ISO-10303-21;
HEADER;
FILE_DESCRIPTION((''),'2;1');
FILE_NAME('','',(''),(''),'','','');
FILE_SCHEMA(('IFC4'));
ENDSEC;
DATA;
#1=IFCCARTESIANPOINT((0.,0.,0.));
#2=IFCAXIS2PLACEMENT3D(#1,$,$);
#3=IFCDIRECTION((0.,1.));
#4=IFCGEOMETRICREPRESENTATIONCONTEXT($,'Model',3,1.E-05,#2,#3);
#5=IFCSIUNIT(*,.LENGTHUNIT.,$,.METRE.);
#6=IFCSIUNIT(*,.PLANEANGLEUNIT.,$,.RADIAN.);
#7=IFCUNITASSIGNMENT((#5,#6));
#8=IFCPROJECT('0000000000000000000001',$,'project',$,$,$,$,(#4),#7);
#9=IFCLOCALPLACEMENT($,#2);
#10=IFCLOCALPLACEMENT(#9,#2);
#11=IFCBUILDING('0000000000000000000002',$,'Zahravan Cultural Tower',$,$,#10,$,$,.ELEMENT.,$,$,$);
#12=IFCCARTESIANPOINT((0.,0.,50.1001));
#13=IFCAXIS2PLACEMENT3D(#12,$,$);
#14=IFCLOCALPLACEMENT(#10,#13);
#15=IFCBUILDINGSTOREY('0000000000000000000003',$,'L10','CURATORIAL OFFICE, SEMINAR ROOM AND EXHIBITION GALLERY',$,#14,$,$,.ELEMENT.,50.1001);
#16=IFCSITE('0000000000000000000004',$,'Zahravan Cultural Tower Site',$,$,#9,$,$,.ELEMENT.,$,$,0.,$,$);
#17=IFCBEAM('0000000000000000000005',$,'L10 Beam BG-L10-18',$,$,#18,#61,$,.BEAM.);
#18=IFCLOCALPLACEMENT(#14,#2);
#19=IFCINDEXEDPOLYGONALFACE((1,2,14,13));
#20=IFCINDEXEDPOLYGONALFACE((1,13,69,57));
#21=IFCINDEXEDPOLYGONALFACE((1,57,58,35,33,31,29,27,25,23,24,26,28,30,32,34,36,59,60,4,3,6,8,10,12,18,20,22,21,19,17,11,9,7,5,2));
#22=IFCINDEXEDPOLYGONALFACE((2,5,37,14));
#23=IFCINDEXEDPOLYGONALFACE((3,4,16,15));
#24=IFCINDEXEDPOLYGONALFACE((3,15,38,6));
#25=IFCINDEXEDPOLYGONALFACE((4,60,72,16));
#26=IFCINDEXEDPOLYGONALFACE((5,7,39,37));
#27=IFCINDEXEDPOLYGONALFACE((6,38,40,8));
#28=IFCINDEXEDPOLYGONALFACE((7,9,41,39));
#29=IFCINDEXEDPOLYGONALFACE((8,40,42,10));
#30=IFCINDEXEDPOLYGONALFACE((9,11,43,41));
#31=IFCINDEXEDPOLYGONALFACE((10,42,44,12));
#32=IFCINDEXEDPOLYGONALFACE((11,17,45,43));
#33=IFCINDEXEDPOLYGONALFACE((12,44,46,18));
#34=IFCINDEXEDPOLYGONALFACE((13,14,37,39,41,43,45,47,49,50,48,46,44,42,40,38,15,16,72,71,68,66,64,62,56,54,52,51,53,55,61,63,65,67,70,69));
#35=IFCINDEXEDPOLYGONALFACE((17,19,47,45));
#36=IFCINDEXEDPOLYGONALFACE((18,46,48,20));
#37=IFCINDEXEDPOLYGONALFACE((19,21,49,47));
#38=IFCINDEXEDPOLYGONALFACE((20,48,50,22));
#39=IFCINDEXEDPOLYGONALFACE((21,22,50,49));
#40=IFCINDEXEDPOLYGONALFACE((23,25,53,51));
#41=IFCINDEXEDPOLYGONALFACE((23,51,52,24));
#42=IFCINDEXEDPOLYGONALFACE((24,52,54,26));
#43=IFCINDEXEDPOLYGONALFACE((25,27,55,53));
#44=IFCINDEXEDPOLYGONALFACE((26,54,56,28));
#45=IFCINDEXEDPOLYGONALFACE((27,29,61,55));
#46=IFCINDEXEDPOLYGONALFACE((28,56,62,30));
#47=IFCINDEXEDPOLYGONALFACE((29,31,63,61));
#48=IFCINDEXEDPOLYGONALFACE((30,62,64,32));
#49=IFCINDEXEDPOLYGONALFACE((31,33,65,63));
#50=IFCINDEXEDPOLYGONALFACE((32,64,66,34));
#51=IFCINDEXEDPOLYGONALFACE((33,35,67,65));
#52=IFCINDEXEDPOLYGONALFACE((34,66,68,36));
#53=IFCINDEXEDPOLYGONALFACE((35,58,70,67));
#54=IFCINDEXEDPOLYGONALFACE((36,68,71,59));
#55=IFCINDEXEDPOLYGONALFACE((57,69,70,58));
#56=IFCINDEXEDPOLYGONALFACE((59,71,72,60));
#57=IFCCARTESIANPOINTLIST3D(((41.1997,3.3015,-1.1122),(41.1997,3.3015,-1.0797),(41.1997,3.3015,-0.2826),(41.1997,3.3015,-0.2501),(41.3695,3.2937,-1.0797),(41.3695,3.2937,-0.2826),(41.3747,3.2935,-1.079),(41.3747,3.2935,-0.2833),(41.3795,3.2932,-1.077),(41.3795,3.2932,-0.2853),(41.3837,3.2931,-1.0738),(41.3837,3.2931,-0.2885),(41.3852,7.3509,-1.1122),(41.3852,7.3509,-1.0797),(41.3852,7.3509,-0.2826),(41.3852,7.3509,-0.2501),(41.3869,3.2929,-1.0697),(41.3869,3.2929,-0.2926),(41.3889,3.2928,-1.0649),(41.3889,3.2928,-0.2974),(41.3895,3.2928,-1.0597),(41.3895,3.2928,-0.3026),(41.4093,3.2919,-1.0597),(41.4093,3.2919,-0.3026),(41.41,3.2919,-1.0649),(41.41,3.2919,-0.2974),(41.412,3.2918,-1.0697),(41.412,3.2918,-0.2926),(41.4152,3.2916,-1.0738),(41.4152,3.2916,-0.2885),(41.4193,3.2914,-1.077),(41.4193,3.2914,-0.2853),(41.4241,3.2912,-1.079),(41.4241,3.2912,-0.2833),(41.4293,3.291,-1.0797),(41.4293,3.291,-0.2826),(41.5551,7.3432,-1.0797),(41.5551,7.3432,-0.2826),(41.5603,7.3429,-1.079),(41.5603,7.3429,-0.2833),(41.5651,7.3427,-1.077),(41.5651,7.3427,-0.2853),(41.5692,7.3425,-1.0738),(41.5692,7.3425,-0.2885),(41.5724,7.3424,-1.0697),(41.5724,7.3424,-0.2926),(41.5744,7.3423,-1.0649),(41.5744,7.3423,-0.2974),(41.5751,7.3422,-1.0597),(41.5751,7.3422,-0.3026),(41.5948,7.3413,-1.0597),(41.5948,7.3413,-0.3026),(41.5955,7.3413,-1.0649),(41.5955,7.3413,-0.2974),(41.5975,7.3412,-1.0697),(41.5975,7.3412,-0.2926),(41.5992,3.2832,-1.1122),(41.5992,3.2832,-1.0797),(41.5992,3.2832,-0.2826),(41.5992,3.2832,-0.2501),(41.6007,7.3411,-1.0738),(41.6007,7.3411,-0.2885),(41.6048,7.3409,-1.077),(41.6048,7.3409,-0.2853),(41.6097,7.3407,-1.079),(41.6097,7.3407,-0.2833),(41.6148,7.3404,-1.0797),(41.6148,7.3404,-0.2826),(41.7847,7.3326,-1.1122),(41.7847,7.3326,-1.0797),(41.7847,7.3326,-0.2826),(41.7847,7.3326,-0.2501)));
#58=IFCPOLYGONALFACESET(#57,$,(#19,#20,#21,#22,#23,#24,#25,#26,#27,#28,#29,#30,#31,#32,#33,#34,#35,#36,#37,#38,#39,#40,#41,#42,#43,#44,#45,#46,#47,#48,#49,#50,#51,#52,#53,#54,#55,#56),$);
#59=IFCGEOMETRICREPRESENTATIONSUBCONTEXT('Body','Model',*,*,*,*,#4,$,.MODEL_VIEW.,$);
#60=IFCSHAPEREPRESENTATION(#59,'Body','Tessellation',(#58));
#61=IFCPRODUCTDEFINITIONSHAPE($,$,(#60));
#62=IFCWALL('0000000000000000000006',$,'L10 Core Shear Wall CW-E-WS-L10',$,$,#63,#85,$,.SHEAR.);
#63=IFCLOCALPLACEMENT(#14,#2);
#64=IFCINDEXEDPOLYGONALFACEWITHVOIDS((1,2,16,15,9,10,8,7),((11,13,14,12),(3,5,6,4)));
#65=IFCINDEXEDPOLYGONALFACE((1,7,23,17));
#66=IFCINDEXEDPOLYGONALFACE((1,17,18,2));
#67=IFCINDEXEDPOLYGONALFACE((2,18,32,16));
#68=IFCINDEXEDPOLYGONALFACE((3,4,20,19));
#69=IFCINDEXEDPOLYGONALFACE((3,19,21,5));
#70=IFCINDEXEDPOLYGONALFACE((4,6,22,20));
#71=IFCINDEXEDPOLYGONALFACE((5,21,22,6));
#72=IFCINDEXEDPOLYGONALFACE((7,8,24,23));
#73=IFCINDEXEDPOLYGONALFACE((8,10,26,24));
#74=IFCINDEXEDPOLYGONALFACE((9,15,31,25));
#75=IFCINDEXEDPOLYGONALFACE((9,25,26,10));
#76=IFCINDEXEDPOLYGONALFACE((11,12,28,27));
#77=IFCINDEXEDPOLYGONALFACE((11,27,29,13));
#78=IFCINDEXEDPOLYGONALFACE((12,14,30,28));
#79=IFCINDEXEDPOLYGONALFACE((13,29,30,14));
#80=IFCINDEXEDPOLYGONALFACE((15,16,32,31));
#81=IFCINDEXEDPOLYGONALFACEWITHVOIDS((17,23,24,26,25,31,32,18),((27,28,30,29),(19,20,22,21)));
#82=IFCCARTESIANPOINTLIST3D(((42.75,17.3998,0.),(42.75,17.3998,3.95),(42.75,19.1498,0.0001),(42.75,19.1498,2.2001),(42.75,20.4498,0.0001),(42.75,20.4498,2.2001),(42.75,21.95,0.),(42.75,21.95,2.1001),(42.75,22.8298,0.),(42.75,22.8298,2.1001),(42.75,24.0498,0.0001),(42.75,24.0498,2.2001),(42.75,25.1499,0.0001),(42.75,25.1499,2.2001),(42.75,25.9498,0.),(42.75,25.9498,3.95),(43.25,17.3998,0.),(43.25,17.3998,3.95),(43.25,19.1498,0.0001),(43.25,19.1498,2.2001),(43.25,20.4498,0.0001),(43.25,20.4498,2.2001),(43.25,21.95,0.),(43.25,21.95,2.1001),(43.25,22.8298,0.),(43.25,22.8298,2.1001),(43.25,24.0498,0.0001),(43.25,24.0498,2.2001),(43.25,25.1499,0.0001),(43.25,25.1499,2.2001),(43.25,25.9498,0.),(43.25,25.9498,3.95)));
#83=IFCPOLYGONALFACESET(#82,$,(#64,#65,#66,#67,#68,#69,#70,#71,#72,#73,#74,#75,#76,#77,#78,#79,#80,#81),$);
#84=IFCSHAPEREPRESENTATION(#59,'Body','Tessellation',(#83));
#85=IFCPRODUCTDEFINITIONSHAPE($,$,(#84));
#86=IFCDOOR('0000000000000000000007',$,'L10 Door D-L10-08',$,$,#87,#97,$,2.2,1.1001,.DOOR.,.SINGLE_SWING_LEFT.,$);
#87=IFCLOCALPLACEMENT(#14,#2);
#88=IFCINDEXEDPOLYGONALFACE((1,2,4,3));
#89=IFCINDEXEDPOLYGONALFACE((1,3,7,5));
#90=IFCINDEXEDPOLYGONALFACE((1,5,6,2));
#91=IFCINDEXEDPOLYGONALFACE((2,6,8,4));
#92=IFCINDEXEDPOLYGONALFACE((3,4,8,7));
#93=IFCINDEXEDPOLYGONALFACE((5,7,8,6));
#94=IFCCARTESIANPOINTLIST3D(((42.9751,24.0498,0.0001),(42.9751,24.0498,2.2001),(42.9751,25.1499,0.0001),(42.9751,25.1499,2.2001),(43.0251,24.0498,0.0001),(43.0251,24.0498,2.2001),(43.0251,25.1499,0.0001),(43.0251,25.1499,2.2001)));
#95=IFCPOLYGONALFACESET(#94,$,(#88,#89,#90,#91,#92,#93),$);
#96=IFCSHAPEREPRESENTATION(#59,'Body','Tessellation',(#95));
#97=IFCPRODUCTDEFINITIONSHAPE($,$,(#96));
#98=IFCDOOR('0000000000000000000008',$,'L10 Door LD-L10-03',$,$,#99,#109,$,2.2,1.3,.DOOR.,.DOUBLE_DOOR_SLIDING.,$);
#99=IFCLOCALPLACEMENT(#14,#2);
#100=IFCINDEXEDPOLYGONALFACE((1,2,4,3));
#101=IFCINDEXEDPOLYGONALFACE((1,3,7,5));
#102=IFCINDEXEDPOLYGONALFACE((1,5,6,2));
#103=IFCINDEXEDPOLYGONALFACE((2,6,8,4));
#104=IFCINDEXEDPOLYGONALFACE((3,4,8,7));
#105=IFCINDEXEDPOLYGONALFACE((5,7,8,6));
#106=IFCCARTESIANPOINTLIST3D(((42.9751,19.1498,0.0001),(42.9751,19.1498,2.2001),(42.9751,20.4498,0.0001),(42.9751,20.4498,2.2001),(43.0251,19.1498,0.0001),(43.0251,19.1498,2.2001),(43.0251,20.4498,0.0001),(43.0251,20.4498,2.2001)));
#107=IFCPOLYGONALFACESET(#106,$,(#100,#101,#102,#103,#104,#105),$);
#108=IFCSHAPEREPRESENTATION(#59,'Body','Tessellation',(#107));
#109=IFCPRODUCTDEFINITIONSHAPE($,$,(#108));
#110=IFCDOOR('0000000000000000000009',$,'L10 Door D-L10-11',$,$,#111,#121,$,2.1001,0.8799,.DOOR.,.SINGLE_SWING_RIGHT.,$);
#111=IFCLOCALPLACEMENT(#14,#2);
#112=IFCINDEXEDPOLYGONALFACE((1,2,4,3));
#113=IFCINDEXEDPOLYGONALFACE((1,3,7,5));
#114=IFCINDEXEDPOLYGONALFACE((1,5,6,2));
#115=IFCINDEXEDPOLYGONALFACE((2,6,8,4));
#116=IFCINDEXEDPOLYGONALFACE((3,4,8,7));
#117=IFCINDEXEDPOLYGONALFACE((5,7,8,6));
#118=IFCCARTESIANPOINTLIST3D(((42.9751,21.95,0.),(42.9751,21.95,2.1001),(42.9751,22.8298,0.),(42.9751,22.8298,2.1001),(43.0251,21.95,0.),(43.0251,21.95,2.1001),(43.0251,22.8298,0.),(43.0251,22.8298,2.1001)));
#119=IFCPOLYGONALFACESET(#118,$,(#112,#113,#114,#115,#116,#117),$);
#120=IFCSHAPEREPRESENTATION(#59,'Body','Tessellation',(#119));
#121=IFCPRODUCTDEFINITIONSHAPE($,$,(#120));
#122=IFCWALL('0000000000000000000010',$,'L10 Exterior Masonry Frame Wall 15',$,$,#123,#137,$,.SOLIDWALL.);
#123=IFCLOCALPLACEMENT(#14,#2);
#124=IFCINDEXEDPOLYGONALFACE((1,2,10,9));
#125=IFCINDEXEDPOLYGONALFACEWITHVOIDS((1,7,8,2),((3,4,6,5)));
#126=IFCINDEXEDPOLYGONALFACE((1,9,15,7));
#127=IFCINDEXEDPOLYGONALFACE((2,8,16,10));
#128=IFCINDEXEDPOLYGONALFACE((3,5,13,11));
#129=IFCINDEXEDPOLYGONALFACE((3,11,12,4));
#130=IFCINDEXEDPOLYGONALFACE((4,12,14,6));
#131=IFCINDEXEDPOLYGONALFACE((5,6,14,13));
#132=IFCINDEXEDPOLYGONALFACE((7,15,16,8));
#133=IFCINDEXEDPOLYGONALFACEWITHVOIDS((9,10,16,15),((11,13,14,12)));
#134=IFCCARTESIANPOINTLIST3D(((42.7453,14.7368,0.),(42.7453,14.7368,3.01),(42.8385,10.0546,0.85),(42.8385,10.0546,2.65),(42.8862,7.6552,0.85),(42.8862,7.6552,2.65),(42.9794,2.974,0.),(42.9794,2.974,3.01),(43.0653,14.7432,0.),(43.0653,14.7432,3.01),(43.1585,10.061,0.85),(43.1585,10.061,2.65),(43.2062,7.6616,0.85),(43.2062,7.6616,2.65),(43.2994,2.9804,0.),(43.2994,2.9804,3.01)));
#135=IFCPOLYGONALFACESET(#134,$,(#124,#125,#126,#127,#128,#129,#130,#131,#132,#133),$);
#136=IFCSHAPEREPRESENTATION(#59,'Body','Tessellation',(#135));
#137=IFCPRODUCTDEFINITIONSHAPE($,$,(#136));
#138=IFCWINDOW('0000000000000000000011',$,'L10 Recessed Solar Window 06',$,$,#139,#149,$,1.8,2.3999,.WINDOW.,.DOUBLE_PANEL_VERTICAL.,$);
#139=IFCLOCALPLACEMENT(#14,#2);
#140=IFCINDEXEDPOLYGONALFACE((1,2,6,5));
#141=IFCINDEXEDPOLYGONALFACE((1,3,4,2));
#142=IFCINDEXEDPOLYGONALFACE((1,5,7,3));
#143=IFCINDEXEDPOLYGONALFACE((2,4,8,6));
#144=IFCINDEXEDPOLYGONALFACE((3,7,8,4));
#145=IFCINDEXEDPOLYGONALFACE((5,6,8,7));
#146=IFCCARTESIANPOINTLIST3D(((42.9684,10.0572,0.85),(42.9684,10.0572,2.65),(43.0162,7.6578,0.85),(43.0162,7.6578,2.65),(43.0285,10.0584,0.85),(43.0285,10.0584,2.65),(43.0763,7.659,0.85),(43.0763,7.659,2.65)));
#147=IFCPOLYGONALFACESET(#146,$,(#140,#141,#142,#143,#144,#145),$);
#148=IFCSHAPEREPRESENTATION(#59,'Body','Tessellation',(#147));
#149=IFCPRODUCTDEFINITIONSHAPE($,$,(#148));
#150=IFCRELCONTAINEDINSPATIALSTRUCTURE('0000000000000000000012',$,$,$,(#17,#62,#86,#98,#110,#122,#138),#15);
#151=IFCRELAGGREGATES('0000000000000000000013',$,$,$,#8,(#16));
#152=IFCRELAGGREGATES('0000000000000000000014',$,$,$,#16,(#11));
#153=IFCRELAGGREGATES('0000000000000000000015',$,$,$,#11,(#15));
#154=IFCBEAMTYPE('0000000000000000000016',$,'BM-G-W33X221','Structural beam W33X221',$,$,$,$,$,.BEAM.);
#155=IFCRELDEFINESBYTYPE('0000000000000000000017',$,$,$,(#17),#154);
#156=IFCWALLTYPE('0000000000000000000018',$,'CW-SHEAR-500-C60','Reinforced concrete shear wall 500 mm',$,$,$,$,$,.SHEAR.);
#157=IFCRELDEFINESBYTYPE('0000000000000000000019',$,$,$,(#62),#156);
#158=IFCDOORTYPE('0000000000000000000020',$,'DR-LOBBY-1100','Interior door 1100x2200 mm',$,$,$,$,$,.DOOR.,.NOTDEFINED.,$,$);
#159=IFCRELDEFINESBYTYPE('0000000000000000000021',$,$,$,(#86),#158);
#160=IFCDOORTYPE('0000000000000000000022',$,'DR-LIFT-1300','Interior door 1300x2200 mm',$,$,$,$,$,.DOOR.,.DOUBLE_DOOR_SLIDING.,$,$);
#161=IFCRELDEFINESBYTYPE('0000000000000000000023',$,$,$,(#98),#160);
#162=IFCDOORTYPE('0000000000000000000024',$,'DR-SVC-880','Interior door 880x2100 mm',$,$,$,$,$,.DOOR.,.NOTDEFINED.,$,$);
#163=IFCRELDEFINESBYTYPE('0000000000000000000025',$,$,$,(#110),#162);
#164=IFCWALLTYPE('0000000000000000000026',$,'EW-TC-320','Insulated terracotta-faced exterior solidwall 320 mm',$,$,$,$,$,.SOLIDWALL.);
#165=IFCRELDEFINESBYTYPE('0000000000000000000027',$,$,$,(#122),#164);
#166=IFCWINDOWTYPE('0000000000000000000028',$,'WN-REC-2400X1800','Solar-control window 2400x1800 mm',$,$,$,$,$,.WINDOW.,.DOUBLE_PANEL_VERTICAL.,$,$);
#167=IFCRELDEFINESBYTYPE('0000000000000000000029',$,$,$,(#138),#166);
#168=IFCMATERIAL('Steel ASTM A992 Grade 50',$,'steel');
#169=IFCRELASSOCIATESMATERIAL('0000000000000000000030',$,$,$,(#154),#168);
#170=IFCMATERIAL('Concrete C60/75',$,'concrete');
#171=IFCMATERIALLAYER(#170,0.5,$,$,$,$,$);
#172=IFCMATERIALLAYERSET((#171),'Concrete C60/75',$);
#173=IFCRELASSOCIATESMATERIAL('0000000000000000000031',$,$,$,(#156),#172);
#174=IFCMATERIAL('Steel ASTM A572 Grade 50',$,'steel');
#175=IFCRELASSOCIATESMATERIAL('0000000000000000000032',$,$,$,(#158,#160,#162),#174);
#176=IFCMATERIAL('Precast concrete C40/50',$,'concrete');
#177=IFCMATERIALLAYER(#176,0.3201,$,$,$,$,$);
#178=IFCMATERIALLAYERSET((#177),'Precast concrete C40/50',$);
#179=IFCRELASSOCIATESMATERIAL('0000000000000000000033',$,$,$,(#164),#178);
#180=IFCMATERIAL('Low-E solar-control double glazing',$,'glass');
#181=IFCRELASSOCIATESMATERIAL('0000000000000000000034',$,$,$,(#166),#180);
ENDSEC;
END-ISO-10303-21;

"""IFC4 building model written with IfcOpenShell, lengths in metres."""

from ifc_helpers import new_model, si_unit, direction, frame, frame_2d, origin, origin_2d, place, context, subcontext, project, spatial, rectangle, i_section, extrude, source, transform, mapped, material, layer, layer_set, material_profile, profile_set, type_object, element, fill, save


model = new_model("IFC4")

# Units and contexts
model_context = context("Model", 3, precision=1e-05, world=origin(), true_north=direction((0.0, 1.0)))
body_context = subcontext(model_context, "Body", "Model", "MODEL_VIEW")
ifc_project = project(units=[si_unit("LENGTHUNIT", "METRE"), si_unit("PLANEANGLEUNIT", "RADIAN")], contexts=[model_context])

# Site, building, storey
site_placement = place(None, origin())
site = spatial("IfcSite", under=ifc_project, at=site_placement, Name="Zahravan Cultural Tower Site", CompositionType="ELEMENT", RefElevation=0.0)
building_placement = place(site_placement, origin())
building = spatial("IfcBuilding", under=site, at=building_placement, Name="Zahravan Cultural Tower", CompositionType="ELEMENT")
storey_placement = place(building_placement, frame((0.0, 0.0, 50.1001)))
storey = spatial("IfcBuildingStorey", under=building, at=storey_placement, Name="L10", Description="CURATORIAL OFFICE, SEMINAR ROOM AND EXHIBITION GALLERY", CompositionType="ELEMENT", Elevation=50.1001)

# Shared definitions
ifc_material_1 = material(Name="Concrete C60/75", Category="concrete")
ifc_material_2 = material(Name="Steel ASTM A572 Grade 50", Category="steel")

# Beam
ifc_material_3 = material(Name="Steel ASTM A992 Grade 50", Category="steel")
ifc_material_profile_1 = material_profile(ifc_material_3, i_section(OverallWidth=0.3999, OverallDepth=0.8621, WebThickness=0.0198, FlangeThickness=0.0325, FilletRadius=0.02, at=origin_2d()), Name="W33X221")
ifc_profile_set_1 = profile_set([ifc_material_profile_1], Name="Steel ASTM A992 Grade 50")
beam_type_1 = type_object("IfcBeamType", Name="BM-G-W33X221", Description="Structural beam W33X221", PredefinedType="BEAM", material=ifc_profile_set_1)
shared_shape_1 = source(origin(), body_context, "Body", "SweptSolid", [
    extrude(i_section(OverallWidth=0.3999, OverallDepth=0.8621, WebThickness=0.0198, FlangeThickness=0.0325, FilletRadius=0.02, at=origin_2d()), origin(), (0.0, 0.0, 1.0), 4.0537),
])
beam_1_placement = place(storey_placement, frame((41.585, 7.3418, -0.6812), z_axis=(-0.045771, -0.998952, 0.0), x_axis=(0.998952, -0.045771, 0.0)))
element("IfcBeam", 1, at=beam_1_placement, inside=storey, type_object=beam_type_1, Name="L10 Beam BG-L10-18", PredefinedType="BEAM", context=body_context, shape_type="MappedRepresentation", body=[
    mapped(shared_shape_1, transform((0.0, 0.0, 0.0), x_axis=(1.0, 0.0, 0.0), y_axis=(0.0, 1.0, 0.0), z_axis=(0.0, 0.0, 1.0), scale=1.0)),
])

# Wall, openings, doors
ifc_layer_1 = layer(ifc_material_1, 0.5)
ifc_layer_set_1 = layer_set([ifc_layer_1], Name="Concrete C60/75")
wall_type_1 = type_object("IfcWallType", Name="CW-SHEAR-500-C60", Description="Reinforced concrete shear wall 500 mm", PredefinedType="SHEAR", material=ifc_layer_set_1)
wall_1_placement = place(storey_placement, frame((43.0, 17.3999, 0.0), z_axis=(0.0, 0.0, 1.0), x_axis=(0.0, 1.0, 0.0)))
wall_1 = element("IfcWall", 2, at=wall_1_placement, inside=storey, type_object=wall_type_1, Name="L10 Core Shear Wall CW-E-WS-L10", PredefinedType="SHEAR", context=body_context, shape_type="SweptSolid", body=[
    extrude(rectangle(XDim=8.55, YDim=0.5, at=frame_2d((4.2749, 0.0))), origin(), (0.0, 0.0, 1.0), 3.95),
])
opening_1_placement = place(wall_1_placement, frame((6.6499, 0.0, 0.0)))
opening_1 = element("IfcOpeningElement", 3, at=opening_1_placement, cuts=wall_1, PredefinedType="OPENING", context=body_context, shape_type="SweptSolid", body=[
    extrude(rectangle(XDim=1.1001, YDim=2.2, at=frame_2d((0.55, 1.1001))), frame((0.0, 0.26, 0.0), z_axis=(0.0, -1.0, 0.0), x_axis=(1.0, 0.0, 0.0)), (0.0, 0.0, 1.0), 0.52),
])
opening_2_placement = place(wall_1_placement, frame((1.75, 0.0, 0.0)))
opening_2 = element("IfcOpeningElement", 4, at=opening_2_placement, cuts=wall_1, PredefinedType="OPENING", context=body_context, shape_type="SweptSolid", body=[
    extrude(rectangle(XDim=1.3, YDim=2.2, at=frame_2d((0.6499, 1.1001))), frame((0.0, 0.26, 0.0), z_axis=(0.0, -1.0, 0.0), x_axis=(1.0, 0.0, 0.0)), (0.0, 0.0, 1.0), 0.52),
])
opening_3_placement = place(wall_1_placement, frame((4.55, 0.0, 0.0)))
opening_3 = element("IfcOpeningElement", 5, at=opening_3_placement, cuts=wall_1, PredefinedType="OPENING", context=body_context, shape_type="SweptSolid", body=[
    extrude(rectangle(XDim=0.8799, YDim=2.1001, at=frame_2d((0.4399, 1.05))), frame((0.0, 0.26, 0.0), z_axis=(0.0, -1.0, 0.0), x_axis=(1.0, 0.0, 0.0)), (0.0, 0.0, 1.0), 0.52),
])
door_type_1 = type_object("IfcDoorType", Name="DR-LOBBY-1100", Description="Interior door 1100x2200 mm", OperationType="NOTDEFINED", PredefinedType="DOOR", material=ifc_material_2)
shared_shape_2 = source(origin(), body_context, "Body", "SweptSolid", [
    extrude(rectangle(XDim=1.1001, YDim=2.2, at=frame_2d((0.55, 1.1001))), frame((0.0, 0.0249, 0.0), z_axis=(0.0, -1.0, 0.0), x_axis=(1.0, 0.0, 0.0)), (0.0, 0.0, 1.0), 0.05),
])
door_1_placement = place(opening_1_placement, origin())
door_1 = element("IfcDoor", 6, at=door_1_placement, inside=storey, type_object=door_type_1, Name="L10 Door D-L10-08", OperationType="SINGLE_SWING_LEFT", OverallHeight=2.2, OverallWidth=1.1001, PredefinedType="DOOR", context=body_context, shape_type="MappedRepresentation", body=[
    mapped(shared_shape_2, transform((0.0, 0.0, 0.0), x_axis=(1.0, 0.0, 0.0), y_axis=(0.0, 1.0, 0.0), z_axis=(0.0, 0.0, 1.0), scale=1.0)),
])
fill(opening_1, door_1)
door_type_2 = type_object("IfcDoorType", Name="DR-LIFT-1300", Description="Interior door 1300x2200 mm", OperationType="DOUBLE_DOOR_SLIDING", PredefinedType="DOOR", material=ifc_material_2)
shared_shape_3 = source(origin(), body_context, "Body", "SweptSolid", [
    extrude(rectangle(XDim=1.3, YDim=2.2, at=frame_2d((0.6499, 1.1001))), frame((0.0, 0.0249, 0.0), z_axis=(0.0, -1.0, 0.0), x_axis=(1.0, 0.0, 0.0)), (0.0, 0.0, 1.0), 0.05),
])
door_2_placement = place(opening_2_placement, origin())
door_2 = element("IfcDoor", 7, at=door_2_placement, inside=storey, type_object=door_type_2, Name="L10 Door LD-L10-03", OperationType="DOUBLE_DOOR_SLIDING", OverallHeight=2.2, OverallWidth=1.3, PredefinedType="DOOR", context=body_context, shape_type="MappedRepresentation", body=[
    mapped(shared_shape_3, transform((0.0, 0.0, 0.0), x_axis=(1.0, 0.0, 0.0), y_axis=(0.0, 1.0, 0.0), z_axis=(0.0, 0.0, 1.0), scale=1.0)),
])
fill(opening_2, door_2)
door_type_3 = type_object("IfcDoorType", Name="DR-SVC-880", Description="Interior door 880x2100 mm", OperationType="NOTDEFINED", PredefinedType="DOOR", material=ifc_material_2)
shared_shape_4 = source(origin(), body_context, "Body", "SweptSolid", [
    extrude(rectangle(XDim=0.8799, YDim=2.1001, at=frame_2d((0.4399, 1.05))), frame((0.0, 0.0249, 0.0), z_axis=(0.0, -1.0, 0.0), x_axis=(1.0, 0.0, 0.0)), (0.0, 0.0, 1.0), 0.05),
])
door_3_placement = place(opening_3_placement, origin())
door_3 = element("IfcDoor", 8, at=door_3_placement, inside=storey, type_object=door_type_3, Name="L10 Door D-L10-11", OperationType="SINGLE_SWING_RIGHT", OverallHeight=2.1001, OverallWidth=0.8799, PredefinedType="DOOR", context=body_context, shape_type="MappedRepresentation", body=[
    mapped(shared_shape_4, transform((0.0, 0.0, 0.0), x_axis=(1.0, 0.0, 0.0), y_axis=(0.0, 1.0, 0.0), z_axis=(0.0, 0.0, 1.0), scale=1.0)),
])
fill(opening_3, door_3)

# Wall, opening, window
ifc_material_4 = material(Name="Precast concrete C40/50", Category="concrete")
ifc_layer_2 = layer(ifc_material_4, 0.3201)
ifc_layer_set_2 = layer_set([ifc_layer_2], Name="Precast concrete C40/50")
wall_type_2 = type_object("IfcWallType", Name="EW-TC-320", Description="Insulated terracotta-faced exterior solidwall 320 mm", PredefinedType="SOLIDWALL", material=ifc_layer_set_2)
wall_2_placement = place(storey_placement, frame((42.9053, 14.74, 0.0), z_axis=(0.0, 0.0, 1.0), x_axis=(0.019901, -0.999802, 0.0)))
wall_2 = element("IfcWall", 9, at=wall_2_placement, inside=storey, type_object=wall_type_2, Name="L10 Exterior Masonry Frame Wall 15", PredefinedType="SOLIDWALL", context=body_context, shape_type="SweptSolid", body=[
    extrude(rectangle(XDim=11.7651, YDim=0.3201, at=frame_2d((5.8826, 0.0))), origin(), (0.0, 0.0, 1.0), 3.01),
])
opening_4_placement = place(wall_2_placement, frame((4.6831, 0.0, 0.8501)))
opening_4 = element("IfcOpeningElement", 10, at=opening_4_placement, cuts=wall_2, PredefinedType="OPENING", context=body_context, shape_type="SweptSolid", body=[
    extrude(rectangle(XDim=2.3999, YDim=1.8, at=frame_2d((1.2, 0.8999))), frame((0.0, 0.1699, 0.0), z_axis=(0.0, -1.0, 0.0), x_axis=(1.0, 0.0, 0.0)), (0.0, 0.0, 1.0), 0.3401),
])
ifc_material_5 = material(Name="Low-E solar-control double glazing", Category="glass")
window_type = type_object("IfcWindowType", Name="WN-REC-2400X1800", Description="Solar-control window 2400x1800 mm", PartitioningType="DOUBLE_PANEL_VERTICAL", PredefinedType="WINDOW", material=ifc_material_5)
shared_shape_5 = source(origin(), body_context, "Body", "SweptSolid", [
    extrude(rectangle(XDim=2.3999, YDim=1.8, at=frame_2d((1.2, 0.8999))), frame((0.0, 0.03, 0.0), z_axis=(0.0, -1.0, 0.0), x_axis=(1.0, 0.0, 0.0)), (0.0, 0.0, 1.0), 0.0601),
])
window_placement = place(opening_4_placement, origin())
window = element("IfcWindow", 11, at=window_placement, inside=storey, type_object=window_type, Name="L10 Recessed Solar Window 06", OverallHeight=1.8, OverallWidth=2.3999, PartitioningType="DOUBLE_PANEL_VERTICAL", PredefinedType="WINDOW", context=body_context, shape_type="MappedRepresentation", body=[
    mapped(shared_shape_5, transform((0.0, 0.0, 0.0), x_axis=(1.0, 0.0, 0.0), y_axis=(0.0, 1.0, 0.0), z_axis=(0.0, 0.0, 1.0), scale=1.0)),
])
fill(opening_4, window)

save(model, "model.ifc")
